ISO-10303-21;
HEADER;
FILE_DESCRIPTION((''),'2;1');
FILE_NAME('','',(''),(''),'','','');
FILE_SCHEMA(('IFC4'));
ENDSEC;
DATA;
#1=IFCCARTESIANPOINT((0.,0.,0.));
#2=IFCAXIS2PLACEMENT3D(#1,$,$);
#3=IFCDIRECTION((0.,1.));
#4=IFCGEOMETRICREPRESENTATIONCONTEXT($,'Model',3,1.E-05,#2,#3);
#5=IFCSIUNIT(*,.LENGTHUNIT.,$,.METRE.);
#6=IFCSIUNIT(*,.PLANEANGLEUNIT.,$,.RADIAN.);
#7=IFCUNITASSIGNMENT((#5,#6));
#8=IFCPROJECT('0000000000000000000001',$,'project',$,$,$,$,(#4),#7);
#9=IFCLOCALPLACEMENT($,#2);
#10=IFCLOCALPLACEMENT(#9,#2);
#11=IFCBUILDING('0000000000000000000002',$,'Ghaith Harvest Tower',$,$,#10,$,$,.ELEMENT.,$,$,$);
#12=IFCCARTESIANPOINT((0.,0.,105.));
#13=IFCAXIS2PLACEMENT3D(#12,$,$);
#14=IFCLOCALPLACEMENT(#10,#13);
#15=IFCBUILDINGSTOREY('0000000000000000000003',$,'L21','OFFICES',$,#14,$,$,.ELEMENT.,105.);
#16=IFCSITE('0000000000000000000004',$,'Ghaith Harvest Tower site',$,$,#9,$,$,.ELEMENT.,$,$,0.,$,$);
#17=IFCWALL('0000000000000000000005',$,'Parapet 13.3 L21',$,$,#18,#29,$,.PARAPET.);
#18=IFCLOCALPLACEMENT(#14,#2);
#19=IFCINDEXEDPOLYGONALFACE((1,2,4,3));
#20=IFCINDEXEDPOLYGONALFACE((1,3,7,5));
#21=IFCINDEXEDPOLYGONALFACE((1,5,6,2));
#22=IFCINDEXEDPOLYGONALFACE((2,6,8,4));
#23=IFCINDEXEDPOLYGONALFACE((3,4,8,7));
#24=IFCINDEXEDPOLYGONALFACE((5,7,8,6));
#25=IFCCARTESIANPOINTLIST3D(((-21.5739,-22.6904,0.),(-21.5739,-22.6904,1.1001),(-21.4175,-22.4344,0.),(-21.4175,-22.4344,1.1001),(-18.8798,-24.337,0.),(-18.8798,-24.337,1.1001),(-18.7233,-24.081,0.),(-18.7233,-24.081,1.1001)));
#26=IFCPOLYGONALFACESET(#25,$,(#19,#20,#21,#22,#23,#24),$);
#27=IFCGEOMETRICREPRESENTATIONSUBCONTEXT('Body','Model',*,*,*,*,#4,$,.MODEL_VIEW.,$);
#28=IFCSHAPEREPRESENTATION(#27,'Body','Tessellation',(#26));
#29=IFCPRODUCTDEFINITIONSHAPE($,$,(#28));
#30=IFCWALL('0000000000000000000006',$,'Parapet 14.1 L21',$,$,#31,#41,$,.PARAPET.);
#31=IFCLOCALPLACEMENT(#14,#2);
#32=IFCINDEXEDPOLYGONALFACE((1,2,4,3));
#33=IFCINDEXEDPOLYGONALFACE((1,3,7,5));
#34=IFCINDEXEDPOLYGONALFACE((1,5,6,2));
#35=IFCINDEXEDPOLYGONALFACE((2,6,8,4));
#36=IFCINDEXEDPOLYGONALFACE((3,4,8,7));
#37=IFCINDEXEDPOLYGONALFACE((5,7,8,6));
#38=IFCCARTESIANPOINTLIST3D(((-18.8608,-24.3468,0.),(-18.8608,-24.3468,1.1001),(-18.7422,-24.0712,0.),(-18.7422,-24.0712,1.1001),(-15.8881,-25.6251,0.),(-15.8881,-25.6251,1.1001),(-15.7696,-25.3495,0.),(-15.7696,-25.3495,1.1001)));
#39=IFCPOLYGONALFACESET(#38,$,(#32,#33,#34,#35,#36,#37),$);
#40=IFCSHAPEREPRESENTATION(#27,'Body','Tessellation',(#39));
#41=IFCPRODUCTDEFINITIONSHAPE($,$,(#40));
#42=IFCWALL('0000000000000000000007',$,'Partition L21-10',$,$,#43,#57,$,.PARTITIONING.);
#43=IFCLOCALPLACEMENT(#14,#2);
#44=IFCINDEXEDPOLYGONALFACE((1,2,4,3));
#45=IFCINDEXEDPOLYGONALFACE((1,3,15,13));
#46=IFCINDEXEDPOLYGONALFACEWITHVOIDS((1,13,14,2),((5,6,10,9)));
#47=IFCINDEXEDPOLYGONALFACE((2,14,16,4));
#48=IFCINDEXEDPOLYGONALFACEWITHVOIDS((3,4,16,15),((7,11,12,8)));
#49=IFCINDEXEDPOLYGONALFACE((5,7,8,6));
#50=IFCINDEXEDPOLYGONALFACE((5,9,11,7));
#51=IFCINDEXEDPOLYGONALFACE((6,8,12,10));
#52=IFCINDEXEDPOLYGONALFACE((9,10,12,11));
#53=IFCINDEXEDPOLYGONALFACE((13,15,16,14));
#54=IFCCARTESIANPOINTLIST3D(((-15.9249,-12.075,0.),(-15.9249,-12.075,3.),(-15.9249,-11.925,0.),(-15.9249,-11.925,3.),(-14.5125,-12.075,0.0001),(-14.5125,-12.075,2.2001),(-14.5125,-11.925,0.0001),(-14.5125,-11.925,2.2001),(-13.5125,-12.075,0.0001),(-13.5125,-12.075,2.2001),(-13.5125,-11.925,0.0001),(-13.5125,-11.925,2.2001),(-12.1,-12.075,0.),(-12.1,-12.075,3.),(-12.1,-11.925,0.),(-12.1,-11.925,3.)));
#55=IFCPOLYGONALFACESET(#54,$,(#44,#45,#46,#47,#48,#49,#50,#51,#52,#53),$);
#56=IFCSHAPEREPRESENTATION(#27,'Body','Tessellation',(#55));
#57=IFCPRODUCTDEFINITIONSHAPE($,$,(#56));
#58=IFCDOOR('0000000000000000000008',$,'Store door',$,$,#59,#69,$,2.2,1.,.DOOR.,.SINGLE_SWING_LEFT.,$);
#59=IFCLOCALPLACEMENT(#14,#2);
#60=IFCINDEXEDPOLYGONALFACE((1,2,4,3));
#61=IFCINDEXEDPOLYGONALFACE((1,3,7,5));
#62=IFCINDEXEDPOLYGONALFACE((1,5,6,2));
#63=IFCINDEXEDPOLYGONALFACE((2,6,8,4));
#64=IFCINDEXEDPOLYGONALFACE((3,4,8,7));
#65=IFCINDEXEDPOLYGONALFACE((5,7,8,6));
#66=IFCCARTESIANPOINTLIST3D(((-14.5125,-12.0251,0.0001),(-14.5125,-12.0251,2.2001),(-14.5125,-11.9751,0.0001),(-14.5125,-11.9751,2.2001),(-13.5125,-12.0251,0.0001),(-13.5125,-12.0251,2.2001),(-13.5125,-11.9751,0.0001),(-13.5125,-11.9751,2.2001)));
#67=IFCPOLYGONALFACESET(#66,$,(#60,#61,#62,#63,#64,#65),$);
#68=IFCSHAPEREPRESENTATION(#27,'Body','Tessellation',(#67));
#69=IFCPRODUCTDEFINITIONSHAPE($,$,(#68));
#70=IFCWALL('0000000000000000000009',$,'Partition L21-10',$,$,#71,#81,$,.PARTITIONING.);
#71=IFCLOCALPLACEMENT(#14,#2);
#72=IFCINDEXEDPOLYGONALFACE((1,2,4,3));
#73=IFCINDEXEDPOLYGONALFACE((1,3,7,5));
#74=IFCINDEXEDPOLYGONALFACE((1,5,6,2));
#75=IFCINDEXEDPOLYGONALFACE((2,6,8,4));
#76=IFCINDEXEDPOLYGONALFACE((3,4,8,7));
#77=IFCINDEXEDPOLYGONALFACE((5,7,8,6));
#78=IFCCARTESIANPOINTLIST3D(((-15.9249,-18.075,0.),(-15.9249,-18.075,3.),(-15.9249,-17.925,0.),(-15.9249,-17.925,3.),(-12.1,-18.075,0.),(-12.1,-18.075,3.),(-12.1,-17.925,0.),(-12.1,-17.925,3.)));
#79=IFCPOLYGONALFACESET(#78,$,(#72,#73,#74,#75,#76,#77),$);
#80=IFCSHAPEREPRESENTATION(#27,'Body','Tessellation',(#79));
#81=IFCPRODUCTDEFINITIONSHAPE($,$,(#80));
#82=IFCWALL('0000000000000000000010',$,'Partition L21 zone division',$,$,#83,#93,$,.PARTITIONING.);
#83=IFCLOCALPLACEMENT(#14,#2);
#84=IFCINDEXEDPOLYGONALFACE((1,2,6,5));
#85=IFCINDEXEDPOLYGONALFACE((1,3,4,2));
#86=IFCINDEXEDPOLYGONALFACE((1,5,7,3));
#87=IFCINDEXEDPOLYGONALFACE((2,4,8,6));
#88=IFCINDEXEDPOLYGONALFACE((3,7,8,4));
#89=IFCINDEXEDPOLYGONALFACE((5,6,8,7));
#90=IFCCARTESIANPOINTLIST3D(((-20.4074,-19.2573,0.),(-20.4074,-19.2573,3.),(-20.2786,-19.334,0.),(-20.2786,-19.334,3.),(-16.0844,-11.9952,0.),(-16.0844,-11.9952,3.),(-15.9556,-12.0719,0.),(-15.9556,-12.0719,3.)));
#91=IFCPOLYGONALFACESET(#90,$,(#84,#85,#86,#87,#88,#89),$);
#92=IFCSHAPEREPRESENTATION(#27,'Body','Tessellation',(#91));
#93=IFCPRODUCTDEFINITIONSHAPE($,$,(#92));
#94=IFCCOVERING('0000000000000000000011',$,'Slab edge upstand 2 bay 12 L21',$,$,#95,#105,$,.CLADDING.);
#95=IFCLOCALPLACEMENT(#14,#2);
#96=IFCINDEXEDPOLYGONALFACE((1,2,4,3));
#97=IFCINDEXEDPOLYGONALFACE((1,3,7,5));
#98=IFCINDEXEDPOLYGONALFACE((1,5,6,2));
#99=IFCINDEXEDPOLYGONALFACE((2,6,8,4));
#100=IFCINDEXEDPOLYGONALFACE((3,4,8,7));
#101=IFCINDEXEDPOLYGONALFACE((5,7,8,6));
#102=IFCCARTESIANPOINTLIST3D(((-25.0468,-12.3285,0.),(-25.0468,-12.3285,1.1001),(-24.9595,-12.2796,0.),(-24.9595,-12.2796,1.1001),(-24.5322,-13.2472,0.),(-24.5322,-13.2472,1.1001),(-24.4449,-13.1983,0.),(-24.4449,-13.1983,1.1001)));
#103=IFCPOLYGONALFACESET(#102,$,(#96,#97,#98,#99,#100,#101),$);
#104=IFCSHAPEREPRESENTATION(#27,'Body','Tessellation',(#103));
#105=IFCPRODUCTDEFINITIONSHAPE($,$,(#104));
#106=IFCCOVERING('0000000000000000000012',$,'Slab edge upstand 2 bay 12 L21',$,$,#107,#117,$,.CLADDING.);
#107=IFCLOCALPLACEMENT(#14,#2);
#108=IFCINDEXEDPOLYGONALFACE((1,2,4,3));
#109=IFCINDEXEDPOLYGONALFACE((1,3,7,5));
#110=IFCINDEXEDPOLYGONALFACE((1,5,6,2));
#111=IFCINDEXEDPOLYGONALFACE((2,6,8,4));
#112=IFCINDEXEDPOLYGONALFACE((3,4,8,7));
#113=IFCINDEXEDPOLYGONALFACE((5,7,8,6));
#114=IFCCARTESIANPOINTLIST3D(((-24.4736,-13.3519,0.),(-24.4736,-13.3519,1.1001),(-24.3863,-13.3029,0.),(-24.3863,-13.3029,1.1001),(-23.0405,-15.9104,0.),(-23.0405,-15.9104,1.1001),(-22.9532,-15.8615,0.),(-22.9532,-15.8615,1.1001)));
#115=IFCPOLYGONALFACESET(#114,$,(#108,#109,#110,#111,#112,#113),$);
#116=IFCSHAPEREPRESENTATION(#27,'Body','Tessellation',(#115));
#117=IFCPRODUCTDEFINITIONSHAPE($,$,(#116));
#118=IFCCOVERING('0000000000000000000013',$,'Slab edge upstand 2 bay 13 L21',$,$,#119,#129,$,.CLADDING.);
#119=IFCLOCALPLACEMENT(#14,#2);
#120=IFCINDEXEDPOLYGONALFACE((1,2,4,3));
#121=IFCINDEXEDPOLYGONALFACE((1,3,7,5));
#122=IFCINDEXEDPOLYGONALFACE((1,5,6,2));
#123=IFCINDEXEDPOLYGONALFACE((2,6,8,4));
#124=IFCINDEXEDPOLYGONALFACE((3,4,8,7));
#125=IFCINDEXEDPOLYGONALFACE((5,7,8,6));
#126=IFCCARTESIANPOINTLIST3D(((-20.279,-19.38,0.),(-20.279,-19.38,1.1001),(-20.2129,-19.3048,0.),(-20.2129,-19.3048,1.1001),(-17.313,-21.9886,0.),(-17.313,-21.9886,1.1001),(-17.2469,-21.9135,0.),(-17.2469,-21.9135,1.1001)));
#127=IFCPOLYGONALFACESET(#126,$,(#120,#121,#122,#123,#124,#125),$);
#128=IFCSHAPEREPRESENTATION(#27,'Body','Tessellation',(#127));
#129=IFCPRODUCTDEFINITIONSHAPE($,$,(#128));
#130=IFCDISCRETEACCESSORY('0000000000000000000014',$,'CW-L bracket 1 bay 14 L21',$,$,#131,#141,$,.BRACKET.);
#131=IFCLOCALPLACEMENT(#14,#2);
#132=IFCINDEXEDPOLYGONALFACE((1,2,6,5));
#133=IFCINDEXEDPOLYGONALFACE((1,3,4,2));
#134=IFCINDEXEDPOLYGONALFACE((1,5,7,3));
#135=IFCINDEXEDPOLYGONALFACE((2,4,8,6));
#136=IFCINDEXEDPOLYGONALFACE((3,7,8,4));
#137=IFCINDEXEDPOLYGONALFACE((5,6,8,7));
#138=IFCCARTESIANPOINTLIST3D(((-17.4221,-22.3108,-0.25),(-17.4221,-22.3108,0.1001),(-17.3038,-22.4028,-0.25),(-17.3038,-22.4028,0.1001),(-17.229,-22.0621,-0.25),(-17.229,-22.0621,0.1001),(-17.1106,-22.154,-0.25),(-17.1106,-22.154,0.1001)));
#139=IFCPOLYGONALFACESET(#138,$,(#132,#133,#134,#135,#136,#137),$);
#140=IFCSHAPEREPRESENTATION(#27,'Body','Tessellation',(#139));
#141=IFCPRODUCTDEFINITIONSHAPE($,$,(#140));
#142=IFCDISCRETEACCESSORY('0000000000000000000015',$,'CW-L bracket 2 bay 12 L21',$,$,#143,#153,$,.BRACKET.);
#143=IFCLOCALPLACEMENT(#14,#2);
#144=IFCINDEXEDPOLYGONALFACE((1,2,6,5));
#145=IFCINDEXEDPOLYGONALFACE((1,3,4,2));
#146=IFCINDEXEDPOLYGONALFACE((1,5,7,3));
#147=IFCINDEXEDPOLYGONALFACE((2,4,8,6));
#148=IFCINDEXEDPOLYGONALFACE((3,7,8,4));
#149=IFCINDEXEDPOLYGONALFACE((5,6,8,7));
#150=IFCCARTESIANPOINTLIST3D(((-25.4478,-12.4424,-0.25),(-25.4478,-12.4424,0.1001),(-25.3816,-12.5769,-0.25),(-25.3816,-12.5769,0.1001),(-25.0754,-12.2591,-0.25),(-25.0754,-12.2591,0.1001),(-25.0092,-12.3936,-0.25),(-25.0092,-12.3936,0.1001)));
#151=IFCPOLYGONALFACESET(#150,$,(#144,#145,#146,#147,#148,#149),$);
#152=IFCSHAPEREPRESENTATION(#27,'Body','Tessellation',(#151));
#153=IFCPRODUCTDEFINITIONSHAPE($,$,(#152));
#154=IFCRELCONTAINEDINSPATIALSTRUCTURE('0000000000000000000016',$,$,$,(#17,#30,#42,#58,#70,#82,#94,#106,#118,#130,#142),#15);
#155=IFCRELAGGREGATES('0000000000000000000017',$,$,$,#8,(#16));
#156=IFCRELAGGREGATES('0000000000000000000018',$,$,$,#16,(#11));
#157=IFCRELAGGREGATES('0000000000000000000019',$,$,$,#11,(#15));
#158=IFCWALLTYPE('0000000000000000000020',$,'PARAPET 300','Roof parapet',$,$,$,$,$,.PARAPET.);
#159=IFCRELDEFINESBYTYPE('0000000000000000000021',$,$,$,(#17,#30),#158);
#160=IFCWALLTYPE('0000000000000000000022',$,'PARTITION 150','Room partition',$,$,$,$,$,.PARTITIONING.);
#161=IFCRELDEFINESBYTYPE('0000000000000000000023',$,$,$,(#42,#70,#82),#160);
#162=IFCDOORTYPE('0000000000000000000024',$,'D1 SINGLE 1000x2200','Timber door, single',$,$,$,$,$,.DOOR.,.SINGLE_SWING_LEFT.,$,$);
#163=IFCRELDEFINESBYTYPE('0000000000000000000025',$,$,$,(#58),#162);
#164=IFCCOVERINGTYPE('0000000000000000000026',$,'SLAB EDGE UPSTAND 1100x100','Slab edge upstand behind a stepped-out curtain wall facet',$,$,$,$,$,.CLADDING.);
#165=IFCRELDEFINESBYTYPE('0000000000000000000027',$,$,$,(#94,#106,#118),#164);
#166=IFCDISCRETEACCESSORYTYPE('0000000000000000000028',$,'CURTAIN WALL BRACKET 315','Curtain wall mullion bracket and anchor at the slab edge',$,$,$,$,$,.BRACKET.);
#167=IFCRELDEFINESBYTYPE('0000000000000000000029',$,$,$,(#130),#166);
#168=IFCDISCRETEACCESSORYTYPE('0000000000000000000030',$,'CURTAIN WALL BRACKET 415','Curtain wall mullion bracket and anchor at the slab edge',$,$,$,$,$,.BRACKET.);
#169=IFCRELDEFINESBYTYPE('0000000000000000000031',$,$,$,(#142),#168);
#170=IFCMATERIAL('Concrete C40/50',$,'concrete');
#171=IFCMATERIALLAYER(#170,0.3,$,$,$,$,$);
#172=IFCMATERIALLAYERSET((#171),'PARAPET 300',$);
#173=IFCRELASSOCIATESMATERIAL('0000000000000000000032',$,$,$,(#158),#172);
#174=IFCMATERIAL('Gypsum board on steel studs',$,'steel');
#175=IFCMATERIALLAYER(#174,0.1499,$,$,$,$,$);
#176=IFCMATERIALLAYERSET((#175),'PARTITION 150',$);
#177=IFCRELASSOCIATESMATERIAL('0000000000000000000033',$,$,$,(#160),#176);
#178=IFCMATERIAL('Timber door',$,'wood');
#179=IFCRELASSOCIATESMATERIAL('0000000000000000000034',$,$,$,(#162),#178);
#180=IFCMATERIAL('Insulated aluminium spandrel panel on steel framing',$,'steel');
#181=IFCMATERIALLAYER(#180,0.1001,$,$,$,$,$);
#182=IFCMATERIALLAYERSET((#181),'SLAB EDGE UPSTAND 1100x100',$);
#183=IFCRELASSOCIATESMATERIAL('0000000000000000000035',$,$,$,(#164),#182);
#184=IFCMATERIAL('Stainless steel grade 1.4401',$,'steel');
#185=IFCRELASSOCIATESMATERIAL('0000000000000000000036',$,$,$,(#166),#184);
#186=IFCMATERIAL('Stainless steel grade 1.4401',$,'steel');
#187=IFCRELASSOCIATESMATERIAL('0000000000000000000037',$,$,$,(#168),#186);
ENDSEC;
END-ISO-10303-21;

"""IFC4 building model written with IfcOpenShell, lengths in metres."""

from ifc_helpers import new_model, si_unit, direction, frame, frame_2d, origin, origin_2d, place, context, subcontext, project, spatial, rectangle, extrude, material, layer, layer_set, type_object, element, fill, save


model = new_model("IFC4")

# Units and contexts
model_context = context("Model", 3, precision=1e-05, world=origin(), true_north=direction((0.0, 1.0)))
body_context = subcontext(model_context, "Body", "Model", "MODEL_VIEW")
ifc_project = project(units=[si_unit("LENGTHUNIT", "METRE"), si_unit("PLANEANGLEUNIT", "RADIAN")], contexts=[model_context])

# Site, building, storey
site_placement = place(None, origin())
site = spatial("IfcSite", under=ifc_project, at=site_placement, Name="Ghaith Harvest Tower site", CompositionType="ELEMENT", RefElevation=0.0)
building_placement = place(site_placement, origin())
building = spatial("IfcBuilding", under=site, at=building_placement, Name="Ghaith Harvest Tower", CompositionType="ELEMENT")
storey_placement = place(building_placement, frame((0.0, 0.0, 105.0)))
storey = spatial("IfcBuildingStorey", under=building, at=storey_placement, Name="L21", Description="OFFICES", CompositionType="ELEMENT", Elevation=105.0)

# Walls
ifc_material_1 = material(Name="Concrete C40/50", Category="concrete")
ifc_layer_1 = layer(ifc_material_1, 0.3)
ifc_layer_set_1 = layer_set([ifc_layer_1], Name="PARAPET 300")
wall_type_1 = type_object("IfcWallType", Name="PARAPET 300", Description="Roof parapet", PredefinedType="PARAPET", material=ifc_layer_set_1)
wall_1_placement = place(storey_placement, frame((-21.4956, -22.5625, 0.0), z_axis=(0.0, 0.0, 1.0), x_axis=(0.853268, -0.521472, 0.0)))
element("IfcWall", 1, at=wall_1_placement, inside=storey, type_object=wall_type_1, Name="Parapet 13.3 L21", PredefinedType="PARAPET", context=body_context, shape_type="SweptSolid", body=[
    extrude(rectangle(XDim=3.1575, YDim=0.3, at=frame_2d((1.5786, 0.0))), origin(), (0.0, 0.0, 1.0), 1.1001),
])
wall_2_placement = place(storey_placement, frame((-18.8015, -24.209, 0.0), z_axis=(0.0, 0.0, 1.0), x_axis=(0.91866, -0.395048, 0.0)))
element("IfcWall", 2, at=wall_2_placement, inside=storey, type_object=wall_type_1, Name="Parapet 14.1 L21", PredefinedType="PARAPET", context=body_context, shape_type="SweptSolid", body=[
    extrude(rectangle(XDim=3.2358, YDim=0.3, at=frame_2d((1.6179, 0.0))), origin(), (0.0, 0.0, 1.0), 1.1001),
])

# Wall, opening, door
ifc_material_2 = material(Name="Gypsum board on steel studs", Category="steel")
ifc_layer_2 = layer(ifc_material_2, 0.1499)
ifc_layer_set_2 = layer_set([ifc_layer_2], Name="PARTITION 150")
wall_type_2 = type_object("IfcWallType", Name="PARTITION 150", Description="Room partition", PredefinedType="PARTITIONING", material=ifc_layer_set_2)
wall_3_placement = place(storey_placement, frame((-15.925, -12.0, 0.0), z_axis=(0.0, 0.0, 1.0), x_axis=(1.0, 0.0, 0.0)))
wall_3 = element("IfcWall", 3, at=wall_3_placement, inside=storey, type_object=wall_type_2, Name="Partition L21-10", PredefinedType="PARTITIONING", context=body_context, shape_type="SweptSolid", body=[
    extrude(rectangle(XDim=3.825, YDim=0.1499, at=frame_2d((1.9126, 0.0))), origin(), (0.0, 0.0, 1.0), 3.0),
])
opening_placement = place(wall_3_placement, frame((1.4126, 0.0, 0.0)))
opening = element("IfcOpeningElement", 4, at=opening_placement, cuts=wall_3, PredefinedType="OPENING", context=body_context, shape_type="SweptSolid", body=[
    extrude(rectangle(XDim=1.0, YDim=2.2, at=frame_2d((0.5, 1.1001))), frame((0.0, 0.085, 0.0), z_axis=(0.0, -1.0, 0.0), x_axis=(1.0, 0.0, 0.0)), (0.0, 0.0, 1.0), 0.1699),
])
ifc_material_3 = material(Name="Timber door", Category="wood")
door_type = type_object("IfcDoorType", Name="D1 SINGLE 1000x2200", Description="Timber door, single", OperationType="SINGLE_SWING_LEFT", PredefinedType="DOOR", material=ifc_material_3)
door_placement = place(opening_placement, origin())
door = element("IfcDoor", 5, at=door_placement, inside=storey, type_object=door_type, Name="Store door", OperationType="SINGLE_SWING_LEFT", OverallHeight=2.2, OverallWidth=1.0, PredefinedType="DOOR", context=body_context, shape_type="SweptSolid", body=[
    extrude(rectangle(XDim=1.0, YDim=2.2, at=frame_2d((0.5, 1.1001))), frame((0.0, 0.0249, 0.0), z_axis=(0.0, -1.0, 0.0), x_axis=(1.0, 0.0, 0.0)), (0.0, 0.0, 1.0), 0.05),
])
fill(opening, door)

# Walls
wall_4_placement = place(storey_placement, frame((-15.925, -18.0, 0.0), z_axis=(0.0, 0.0, 1.0), x_axis=(1.0, 0.0, 0.0)))
element("IfcWall", 6, at=wall_4_placement, inside=storey, type_object=wall_type_2, Name="Partition L21-10", PredefinedType="PARTITIONING", context=body_context, shape_type="SweptSolid", body=[
    extrude(rectangle(XDim=3.825, YDim=0.1499, at=frame_2d((1.9126, 0.0))), origin(), (0.0, 0.0, 1.0), 3.0),
])
wall_5_placement = place(storey_placement, frame((-16.02, -12.0337, 0.0), z_axis=(0.0, 0.0, 1.0), x_axis=(-0.511519, -0.859272, 0.0)))
element("IfcWall", 7, at=wall_5_placement, inside=storey, type_object=wall_type_2, Name="Partition L21 zone division", PredefinedType="PARTITIONING", context=body_context, shape_type="SweptSolid", body=[
    extrude(rectangle(XDim=8.4514, YDim=0.1499, at=frame_2d((4.2256, 0.0))), origin(), (0.0, 0.0, 1.0), 3.0),
])

# Coverings
ifc_material_4 = material(Name="Insulated aluminium spandrel panel on steel framing", Category="steel")
ifc_layer_3 = layer(ifc_material_4, 0.1001)
ifc_layer_set_3 = layer_set([ifc_layer_3], Name="SLAB EDGE UPSTAND 1100x100")
covering_type = type_object("IfcCoveringType", Name="SLAB EDGE UPSTAND 1100x100", Description="Slab edge upstand behind a stepped-out curtain wall facet", PredefinedType="CLADDING", material=ifc_layer_set_3)
covering_1_placement = place(storey_placement, frame((-24.7458, -12.7634, 0.0), z_axis=(0.0, 0.0, 1.0), x_axis=(0.488684, -0.872461, 0.0)))
element("IfcCovering", 8, at=covering_1_placement, inside=storey, type_object=covering_type, Name="Slab edge upstand 2 bay 12 L21", PredefinedType="CLADDING", context=body_context, shape_type="SweptSolid", body=[
    extrude(rectangle(XDim=1.053, YDim=0.1001, at=origin_2d()), origin(), (0.0, 0.0, 1.0), 1.1001),
])
covering_2_placement = place(storey_placement, frame((-23.7134, -14.6067, 0.0), z_axis=(0.0, 0.0, 1.0), x_axis=(0.488684, -0.872461, 0.0)))
element("IfcCovering", 9, at=covering_2_placement, inside=storey, type_object=covering_type, Name="Slab edge upstand 2 bay 12 L21", PredefinedType="CLADDING", context=body_context, shape_type="SweptSolid", body=[
    extrude(rectangle(XDim=2.9326, YDim=0.1001, at=origin_2d()), origin(), (0.0, 0.0, 1.0), 1.1001),
])
covering_3_placement = place(storey_placement, frame((-18.7629, -20.6467, 0.0), z_axis=(0.0, 0.0, 1.0), x_axis=(0.750892, -0.660425, 0.0)))
element("IfcCovering", 10, at=covering_3_placement, inside=storey, type_object=covering_type, Name="Slab edge upstand 2 bay 13 L21", PredefinedType="CLADDING", context=body_context, shape_type="SweptSolid", body=[
    extrude(rectangle(XDim=3.95, YDim=0.1001, at=origin_2d()), origin(), (0.0, 0.0, 1.0), 1.1001),
])

# Discrete accessories
ifc_material_5 = material(Name="Stainless steel grade 1.4401", Category="steel")
discrete_accessory_type_1 = type_object("IfcDiscreteAccessoryType", Name="CURTAIN WALL BRACKET 315", Description="Curtain wall mullion bracket and anchor at the slab edge", PredefinedType="BRACKET", material=ifc_material_5)
discrete_accessory_1_placement = place(storey_placement, frame((-17.2664, -22.2324, -0.25), z_axis=(0.0, 0.0, 1.0), x_axis=(-0.613378, -0.78979, 0.0)))
element("IfcDiscreteAccessory", 11, at=discrete_accessory_1_placement, inside=storey, type_object=discrete_accessory_type_1, Name="CW-L bracket 1 bay 14 L21", PredefinedType="BRACKET", context=body_context, shape_type="SweptSolid", body=[
    extrude(rectangle(XDim=0.3149, YDim=0.1499, at=origin_2d()), origin(), (0.0, 0.0, 1.0), 0.3501),
])
ifc_material_6 = material(Name="Stainless steel grade 1.4401", Category="steel")
discrete_accessory_type_2 = type_object("IfcDiscreteAccessoryType", Name="CURTAIN WALL BRACKET 415", Description="Curtain wall mullion bracket and anchor at the slab edge", PredefinedType="BRACKET", material=ifc_material_6)
discrete_accessory_2_placement = place(storey_placement, frame((-25.2285, -12.418, -0.25), z_axis=(0.0, 0.0, 1.0), x_axis=(-0.897201, -0.441622, 0.0)))
element("IfcDiscreteAccessory", 12, at=discrete_accessory_2_placement, inside=storey, type_object=discrete_accessory_type_2, Name="CW-L bracket 2 bay 12 L21", PredefinedType="BRACKET", context=body_context, shape_type="SweptSolid", body=[
    extrude(rectangle(XDim=0.415, YDim=0.1499, at=origin_2d()), origin(), (0.0, 0.0, 1.0), 0.3501),
])

save(model, "model.ifc")
